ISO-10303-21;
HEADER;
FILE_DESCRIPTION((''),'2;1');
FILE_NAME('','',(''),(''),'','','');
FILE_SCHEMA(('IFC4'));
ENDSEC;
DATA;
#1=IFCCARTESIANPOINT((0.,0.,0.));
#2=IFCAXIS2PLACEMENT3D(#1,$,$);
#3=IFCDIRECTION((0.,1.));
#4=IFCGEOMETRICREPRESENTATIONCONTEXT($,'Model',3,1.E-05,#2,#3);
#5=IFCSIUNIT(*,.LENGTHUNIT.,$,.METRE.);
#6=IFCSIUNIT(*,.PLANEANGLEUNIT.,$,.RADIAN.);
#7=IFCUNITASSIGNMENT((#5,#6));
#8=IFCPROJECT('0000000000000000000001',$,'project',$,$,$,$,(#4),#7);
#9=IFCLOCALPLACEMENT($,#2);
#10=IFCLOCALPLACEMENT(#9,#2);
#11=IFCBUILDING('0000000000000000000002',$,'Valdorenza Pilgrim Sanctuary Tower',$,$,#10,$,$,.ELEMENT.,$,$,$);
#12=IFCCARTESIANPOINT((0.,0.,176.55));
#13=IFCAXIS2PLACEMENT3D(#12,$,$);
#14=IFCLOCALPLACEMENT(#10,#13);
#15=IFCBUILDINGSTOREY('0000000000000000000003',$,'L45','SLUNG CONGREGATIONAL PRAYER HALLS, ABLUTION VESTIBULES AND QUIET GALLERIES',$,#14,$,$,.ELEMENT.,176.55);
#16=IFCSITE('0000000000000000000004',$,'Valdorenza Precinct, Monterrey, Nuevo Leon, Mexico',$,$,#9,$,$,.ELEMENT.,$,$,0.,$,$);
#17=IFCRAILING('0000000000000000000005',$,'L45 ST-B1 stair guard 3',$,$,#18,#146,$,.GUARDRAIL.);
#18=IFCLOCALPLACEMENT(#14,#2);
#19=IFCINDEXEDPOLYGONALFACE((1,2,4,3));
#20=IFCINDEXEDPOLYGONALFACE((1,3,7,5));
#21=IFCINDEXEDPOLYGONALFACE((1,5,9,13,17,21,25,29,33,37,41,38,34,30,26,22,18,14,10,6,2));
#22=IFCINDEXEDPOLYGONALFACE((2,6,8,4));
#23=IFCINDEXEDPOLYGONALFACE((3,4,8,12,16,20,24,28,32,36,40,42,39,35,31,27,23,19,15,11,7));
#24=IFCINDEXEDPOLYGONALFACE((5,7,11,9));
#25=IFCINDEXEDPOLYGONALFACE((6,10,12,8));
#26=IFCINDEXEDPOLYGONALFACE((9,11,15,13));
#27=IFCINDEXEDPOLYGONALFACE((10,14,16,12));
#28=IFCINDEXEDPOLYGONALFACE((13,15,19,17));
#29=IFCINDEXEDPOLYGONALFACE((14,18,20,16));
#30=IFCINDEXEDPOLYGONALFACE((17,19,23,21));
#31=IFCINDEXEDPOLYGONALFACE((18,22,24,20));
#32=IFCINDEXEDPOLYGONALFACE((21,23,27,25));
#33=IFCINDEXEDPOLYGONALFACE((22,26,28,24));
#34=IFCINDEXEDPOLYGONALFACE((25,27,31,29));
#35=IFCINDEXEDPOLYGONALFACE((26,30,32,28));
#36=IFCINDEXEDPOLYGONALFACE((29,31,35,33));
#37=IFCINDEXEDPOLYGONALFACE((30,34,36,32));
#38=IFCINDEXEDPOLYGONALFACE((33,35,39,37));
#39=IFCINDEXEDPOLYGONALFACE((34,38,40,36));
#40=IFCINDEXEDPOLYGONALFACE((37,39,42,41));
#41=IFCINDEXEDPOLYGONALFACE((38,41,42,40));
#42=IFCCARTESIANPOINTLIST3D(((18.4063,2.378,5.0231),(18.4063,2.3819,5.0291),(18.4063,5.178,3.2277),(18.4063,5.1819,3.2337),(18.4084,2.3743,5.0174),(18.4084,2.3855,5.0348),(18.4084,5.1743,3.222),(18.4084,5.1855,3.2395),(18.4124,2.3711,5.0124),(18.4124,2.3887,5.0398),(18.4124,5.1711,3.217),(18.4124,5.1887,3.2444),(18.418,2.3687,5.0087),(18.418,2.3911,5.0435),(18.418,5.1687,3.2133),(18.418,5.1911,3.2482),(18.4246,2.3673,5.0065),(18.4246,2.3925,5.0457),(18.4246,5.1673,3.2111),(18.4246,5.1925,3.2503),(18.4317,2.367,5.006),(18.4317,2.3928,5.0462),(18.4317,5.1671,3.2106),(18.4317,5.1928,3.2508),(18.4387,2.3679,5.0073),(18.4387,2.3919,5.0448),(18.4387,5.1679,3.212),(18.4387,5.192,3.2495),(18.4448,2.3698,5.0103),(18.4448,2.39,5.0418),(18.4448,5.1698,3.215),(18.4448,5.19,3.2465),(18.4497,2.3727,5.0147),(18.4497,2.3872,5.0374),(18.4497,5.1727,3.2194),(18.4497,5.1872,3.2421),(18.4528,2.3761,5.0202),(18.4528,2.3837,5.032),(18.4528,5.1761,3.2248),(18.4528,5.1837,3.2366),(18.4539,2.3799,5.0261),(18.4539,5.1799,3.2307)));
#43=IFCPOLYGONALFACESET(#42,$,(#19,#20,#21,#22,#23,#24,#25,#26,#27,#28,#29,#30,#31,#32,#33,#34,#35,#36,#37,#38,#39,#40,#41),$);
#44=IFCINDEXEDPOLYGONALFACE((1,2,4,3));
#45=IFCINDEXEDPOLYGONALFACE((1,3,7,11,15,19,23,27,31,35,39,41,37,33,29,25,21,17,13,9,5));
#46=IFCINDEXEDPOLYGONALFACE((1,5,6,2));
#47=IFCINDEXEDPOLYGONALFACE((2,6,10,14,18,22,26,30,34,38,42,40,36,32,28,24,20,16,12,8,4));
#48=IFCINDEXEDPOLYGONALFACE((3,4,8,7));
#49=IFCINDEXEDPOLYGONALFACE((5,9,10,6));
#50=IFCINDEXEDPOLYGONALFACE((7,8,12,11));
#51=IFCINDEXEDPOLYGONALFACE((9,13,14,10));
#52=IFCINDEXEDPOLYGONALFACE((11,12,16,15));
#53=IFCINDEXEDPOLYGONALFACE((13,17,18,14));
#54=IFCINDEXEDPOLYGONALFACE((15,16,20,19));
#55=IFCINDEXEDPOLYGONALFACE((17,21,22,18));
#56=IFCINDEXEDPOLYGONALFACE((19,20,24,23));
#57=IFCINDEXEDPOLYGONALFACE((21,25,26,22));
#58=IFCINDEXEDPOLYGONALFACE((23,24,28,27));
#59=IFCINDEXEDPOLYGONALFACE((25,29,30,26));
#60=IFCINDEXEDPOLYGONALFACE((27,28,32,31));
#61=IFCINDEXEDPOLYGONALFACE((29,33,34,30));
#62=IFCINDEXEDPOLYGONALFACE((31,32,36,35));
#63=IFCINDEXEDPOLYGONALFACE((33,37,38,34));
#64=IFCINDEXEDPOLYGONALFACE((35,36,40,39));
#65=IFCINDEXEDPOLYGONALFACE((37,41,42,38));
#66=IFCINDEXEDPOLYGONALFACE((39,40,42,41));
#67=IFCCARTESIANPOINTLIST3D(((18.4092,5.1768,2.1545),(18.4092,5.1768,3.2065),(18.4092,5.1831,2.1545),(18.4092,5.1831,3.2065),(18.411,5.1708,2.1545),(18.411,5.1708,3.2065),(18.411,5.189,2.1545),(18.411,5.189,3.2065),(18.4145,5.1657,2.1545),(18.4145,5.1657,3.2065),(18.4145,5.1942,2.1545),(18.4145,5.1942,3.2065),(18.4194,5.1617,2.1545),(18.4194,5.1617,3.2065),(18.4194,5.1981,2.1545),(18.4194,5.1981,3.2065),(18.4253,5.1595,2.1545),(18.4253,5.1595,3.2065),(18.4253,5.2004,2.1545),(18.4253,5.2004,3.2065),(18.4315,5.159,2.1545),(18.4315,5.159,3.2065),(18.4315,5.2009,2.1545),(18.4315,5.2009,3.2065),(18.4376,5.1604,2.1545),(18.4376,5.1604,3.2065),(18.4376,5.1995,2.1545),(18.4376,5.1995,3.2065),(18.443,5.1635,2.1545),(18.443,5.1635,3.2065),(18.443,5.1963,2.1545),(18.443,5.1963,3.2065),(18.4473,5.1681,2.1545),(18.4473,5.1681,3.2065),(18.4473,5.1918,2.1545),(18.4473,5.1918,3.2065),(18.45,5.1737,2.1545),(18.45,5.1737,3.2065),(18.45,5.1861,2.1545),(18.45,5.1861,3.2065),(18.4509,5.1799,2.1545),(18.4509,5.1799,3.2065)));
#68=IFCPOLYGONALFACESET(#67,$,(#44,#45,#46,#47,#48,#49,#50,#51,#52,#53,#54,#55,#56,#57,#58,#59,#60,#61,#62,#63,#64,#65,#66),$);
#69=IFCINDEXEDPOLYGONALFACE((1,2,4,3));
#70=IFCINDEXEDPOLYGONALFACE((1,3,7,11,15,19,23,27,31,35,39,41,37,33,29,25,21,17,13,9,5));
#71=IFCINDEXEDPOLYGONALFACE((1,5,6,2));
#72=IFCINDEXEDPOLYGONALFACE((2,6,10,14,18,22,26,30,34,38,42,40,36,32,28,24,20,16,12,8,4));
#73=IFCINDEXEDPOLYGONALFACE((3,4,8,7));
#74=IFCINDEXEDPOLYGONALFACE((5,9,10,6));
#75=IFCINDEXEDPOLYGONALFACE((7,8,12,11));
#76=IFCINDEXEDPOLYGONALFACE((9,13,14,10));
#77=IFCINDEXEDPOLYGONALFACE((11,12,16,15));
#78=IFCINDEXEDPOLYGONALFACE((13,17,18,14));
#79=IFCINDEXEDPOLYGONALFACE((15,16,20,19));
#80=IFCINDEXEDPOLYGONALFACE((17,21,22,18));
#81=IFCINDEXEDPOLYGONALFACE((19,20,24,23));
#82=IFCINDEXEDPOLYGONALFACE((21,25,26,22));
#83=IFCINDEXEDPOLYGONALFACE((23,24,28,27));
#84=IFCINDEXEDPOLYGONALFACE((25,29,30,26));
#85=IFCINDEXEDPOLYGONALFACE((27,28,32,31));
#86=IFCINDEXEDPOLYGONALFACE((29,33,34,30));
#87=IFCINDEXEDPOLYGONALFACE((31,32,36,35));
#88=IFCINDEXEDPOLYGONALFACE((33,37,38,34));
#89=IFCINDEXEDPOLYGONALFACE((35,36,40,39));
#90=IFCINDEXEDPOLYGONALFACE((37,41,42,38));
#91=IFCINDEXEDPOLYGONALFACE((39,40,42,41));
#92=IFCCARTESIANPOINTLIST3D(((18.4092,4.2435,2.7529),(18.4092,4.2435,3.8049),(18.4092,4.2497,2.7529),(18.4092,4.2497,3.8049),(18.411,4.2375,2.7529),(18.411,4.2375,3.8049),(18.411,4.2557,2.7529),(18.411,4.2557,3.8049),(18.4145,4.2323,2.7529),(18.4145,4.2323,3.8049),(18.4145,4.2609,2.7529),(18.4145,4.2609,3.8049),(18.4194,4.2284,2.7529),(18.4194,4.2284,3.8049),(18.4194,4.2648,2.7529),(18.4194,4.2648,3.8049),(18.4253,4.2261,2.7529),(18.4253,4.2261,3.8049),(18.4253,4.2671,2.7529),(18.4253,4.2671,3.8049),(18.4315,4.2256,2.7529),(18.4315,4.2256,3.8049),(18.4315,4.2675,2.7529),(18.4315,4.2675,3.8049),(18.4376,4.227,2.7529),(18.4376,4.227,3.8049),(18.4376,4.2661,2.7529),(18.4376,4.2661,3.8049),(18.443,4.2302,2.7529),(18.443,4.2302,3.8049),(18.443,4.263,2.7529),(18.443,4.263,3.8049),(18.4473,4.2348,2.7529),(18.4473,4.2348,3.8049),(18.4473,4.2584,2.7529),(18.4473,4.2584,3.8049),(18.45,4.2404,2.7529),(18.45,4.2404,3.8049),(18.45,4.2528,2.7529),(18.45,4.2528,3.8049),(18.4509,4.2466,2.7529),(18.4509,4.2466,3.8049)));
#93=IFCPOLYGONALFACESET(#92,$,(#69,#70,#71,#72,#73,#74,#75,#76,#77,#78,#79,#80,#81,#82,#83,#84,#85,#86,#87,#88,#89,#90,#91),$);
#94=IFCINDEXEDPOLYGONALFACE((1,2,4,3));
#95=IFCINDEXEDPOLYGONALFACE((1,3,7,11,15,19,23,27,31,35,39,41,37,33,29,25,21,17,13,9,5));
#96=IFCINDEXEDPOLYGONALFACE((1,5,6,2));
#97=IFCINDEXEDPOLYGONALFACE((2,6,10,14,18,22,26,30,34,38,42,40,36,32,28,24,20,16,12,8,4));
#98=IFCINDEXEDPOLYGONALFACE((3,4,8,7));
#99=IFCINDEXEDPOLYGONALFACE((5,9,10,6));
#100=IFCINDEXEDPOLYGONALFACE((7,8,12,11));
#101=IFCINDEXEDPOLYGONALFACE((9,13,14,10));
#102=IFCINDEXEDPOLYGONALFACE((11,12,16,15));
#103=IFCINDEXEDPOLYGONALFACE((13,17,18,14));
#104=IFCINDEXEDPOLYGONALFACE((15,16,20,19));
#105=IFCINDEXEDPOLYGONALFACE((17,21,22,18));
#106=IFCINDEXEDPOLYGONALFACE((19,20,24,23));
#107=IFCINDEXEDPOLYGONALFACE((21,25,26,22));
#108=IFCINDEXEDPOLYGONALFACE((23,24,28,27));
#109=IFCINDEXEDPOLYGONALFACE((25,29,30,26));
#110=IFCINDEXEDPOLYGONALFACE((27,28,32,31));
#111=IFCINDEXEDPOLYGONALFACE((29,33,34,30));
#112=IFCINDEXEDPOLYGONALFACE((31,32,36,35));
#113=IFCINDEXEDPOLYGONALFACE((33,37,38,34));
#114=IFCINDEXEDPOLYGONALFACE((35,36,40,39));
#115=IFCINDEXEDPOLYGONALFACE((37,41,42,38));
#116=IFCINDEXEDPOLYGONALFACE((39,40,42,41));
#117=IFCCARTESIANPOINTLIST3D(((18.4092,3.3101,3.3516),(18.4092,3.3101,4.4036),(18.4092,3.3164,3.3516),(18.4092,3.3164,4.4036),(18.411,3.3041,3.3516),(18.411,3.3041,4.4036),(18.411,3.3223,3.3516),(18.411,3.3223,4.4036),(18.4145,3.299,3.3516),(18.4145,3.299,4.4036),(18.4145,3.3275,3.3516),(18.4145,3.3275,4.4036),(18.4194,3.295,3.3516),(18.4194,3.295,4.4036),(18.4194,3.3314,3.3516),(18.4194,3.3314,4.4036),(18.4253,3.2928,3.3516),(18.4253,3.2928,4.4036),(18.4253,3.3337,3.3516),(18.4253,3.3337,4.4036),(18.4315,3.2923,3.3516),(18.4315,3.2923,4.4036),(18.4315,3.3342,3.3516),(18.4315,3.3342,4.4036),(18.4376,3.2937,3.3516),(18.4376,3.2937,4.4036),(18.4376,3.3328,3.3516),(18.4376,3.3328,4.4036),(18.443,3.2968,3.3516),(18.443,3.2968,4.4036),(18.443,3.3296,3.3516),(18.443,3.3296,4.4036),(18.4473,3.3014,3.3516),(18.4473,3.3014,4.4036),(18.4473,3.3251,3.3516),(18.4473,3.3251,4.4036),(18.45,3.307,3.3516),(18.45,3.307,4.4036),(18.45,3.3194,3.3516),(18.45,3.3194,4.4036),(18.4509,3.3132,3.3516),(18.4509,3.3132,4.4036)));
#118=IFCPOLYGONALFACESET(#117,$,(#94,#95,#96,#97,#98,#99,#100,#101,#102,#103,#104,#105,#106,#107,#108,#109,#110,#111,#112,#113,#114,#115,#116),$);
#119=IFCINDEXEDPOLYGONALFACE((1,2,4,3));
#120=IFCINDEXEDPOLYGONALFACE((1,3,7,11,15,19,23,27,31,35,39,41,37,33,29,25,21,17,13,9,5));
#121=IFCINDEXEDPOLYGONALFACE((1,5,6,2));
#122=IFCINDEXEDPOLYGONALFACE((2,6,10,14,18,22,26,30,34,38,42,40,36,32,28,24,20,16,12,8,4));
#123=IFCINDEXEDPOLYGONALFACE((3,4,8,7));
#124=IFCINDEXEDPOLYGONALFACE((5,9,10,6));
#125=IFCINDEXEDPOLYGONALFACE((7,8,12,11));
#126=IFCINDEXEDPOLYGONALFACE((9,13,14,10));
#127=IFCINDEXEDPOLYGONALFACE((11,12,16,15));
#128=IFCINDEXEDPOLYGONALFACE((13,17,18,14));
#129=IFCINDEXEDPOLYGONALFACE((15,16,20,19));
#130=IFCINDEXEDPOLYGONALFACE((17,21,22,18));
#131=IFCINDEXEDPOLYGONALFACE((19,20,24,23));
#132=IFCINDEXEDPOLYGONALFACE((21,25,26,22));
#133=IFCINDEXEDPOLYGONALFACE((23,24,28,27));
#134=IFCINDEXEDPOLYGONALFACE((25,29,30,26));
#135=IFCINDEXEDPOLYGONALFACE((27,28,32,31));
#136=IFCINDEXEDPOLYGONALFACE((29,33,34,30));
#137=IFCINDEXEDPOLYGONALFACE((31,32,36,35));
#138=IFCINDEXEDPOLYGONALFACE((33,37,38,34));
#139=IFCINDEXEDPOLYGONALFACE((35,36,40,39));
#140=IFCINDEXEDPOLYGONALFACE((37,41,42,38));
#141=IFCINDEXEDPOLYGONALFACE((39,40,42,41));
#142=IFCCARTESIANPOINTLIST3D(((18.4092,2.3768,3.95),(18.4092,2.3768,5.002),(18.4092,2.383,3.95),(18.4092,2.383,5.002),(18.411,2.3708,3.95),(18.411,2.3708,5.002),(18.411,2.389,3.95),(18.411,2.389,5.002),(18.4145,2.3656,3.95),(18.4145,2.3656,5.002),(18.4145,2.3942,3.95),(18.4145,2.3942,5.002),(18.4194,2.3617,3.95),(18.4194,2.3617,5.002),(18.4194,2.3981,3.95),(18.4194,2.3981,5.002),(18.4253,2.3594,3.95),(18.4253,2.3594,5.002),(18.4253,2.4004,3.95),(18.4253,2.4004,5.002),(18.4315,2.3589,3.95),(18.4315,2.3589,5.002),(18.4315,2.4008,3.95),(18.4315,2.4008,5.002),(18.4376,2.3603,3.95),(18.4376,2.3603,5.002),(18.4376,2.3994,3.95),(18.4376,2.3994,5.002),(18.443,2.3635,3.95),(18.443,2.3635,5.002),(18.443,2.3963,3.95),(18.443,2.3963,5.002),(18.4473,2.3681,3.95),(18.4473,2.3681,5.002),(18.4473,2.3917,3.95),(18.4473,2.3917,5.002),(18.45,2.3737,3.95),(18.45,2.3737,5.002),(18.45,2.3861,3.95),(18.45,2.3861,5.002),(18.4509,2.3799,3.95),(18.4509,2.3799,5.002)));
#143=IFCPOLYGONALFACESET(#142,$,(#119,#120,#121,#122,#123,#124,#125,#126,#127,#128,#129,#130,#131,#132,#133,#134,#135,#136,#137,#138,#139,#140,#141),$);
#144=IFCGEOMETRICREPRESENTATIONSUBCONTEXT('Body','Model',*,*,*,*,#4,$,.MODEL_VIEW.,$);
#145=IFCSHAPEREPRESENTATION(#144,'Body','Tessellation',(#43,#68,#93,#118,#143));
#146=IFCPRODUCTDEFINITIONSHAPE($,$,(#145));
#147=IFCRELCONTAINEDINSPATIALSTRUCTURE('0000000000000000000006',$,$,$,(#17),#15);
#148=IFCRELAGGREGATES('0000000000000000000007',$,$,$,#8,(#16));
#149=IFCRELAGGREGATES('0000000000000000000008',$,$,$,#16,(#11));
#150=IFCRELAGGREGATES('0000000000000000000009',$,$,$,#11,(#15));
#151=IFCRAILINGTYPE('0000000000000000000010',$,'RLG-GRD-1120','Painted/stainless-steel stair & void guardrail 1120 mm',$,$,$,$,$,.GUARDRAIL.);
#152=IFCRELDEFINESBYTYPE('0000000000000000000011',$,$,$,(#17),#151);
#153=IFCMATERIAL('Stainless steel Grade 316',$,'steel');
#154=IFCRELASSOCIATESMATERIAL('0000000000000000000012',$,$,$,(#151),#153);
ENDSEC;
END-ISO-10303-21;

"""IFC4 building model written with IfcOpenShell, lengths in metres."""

from ifc_helpers import new_model, si_unit, direction, frame, origin, origin_2d, place, context, subcontext, project, spatial, circle, extrude, material, type_object, element, save


model = new_model("IFC4")

# Units and contexts
model_context = context("Model", 3, precision=1e-05, world=origin(), true_north=direction((0.0, 1.0)))
body_context = subcontext(model_context, "Body", "Model", "MODEL_VIEW")
ifc_project = project(units=[si_unit("LENGTHUNIT", "METRE"), si_unit("PLANEANGLEUNIT", "RADIAN")], contexts=[model_context])

# Site, building, storey
site_placement = place(None, origin())
site = spatial("IfcSite", under=ifc_project, at=site_placement, Name="Valdorenza Precinct, Monterrey, Nuevo Leon, Mexico", CompositionType="ELEMENT", RefElevation=0.0)
building_placement = place(site_placement, origin())
building = spatial("IfcBuilding", under=site, at=building_placement, Name="Valdorenza Pilgrim Sanctuary Tower", CompositionType="ELEMENT")
storey_placement = place(building_placement, frame((0.0, 0.0, 176.55)))
storey = spatial("IfcBuildingStorey", under=building, at=storey_placement, Name="L45", Description="SLUNG CONGREGATIONAL PRAYER HALLS, ABLUTION VESTIBULES AND QUIET GALLERIES", CompositionType="ELEMENT", Elevation=176.55)

# Railing
ifc_material_1 = material(Name="Stainless steel Grade 316", Category="steel")
railing_type_1 = type_object("IfcRailingType", Name="RLG-GRD-1120", Description="Painted/stainless-steel stair & void guardrail 1120 mm", PredefinedType="GUARDRAIL", material=ifc_material_1)
railing_1_placement = place(storey_placement, frame((18.4299, 5.1799, 2.1545)))
element("IfcRailing", 1, at=railing_1_placement, inside=storey, type_object=railing_type_1, Name="L45 ST-B1 stair guard 3", PredefinedType="GUARDRAIL", context=body_context, shape_type="SweptSolid", body=[
    extrude(circle(Radius=0.0239, at=origin_2d()), frame((0.0, 0.0, 1.0762), z_axis=(0.0, -0.84181, 0.539774), x_axis=(1.0, 0.0, 0.0)), (0.0, 0.0, 1.0), 3.3262),
    extrude(circle(Radius=0.021, at=origin_2d()), origin(), (0.0, 0.0, 1.0), 1.052),
    extrude(circle(Radius=0.021, at=origin_2d()), frame((0.0, -0.9333, 0.5984)), (0.0, 0.0, 1.0), 1.052),
    extrude(circle(Radius=0.021, at=origin_2d()), frame((0.0, -1.8667, 1.197)), (0.0, 0.0, 1.0), 1.052),
    extrude(circle(Radius=0.021, at=origin_2d()), frame((0.0, -2.8, 1.7954)), (0.0, 0.0, 1.0), 1.052),
])

save(model, "model.ifc")
